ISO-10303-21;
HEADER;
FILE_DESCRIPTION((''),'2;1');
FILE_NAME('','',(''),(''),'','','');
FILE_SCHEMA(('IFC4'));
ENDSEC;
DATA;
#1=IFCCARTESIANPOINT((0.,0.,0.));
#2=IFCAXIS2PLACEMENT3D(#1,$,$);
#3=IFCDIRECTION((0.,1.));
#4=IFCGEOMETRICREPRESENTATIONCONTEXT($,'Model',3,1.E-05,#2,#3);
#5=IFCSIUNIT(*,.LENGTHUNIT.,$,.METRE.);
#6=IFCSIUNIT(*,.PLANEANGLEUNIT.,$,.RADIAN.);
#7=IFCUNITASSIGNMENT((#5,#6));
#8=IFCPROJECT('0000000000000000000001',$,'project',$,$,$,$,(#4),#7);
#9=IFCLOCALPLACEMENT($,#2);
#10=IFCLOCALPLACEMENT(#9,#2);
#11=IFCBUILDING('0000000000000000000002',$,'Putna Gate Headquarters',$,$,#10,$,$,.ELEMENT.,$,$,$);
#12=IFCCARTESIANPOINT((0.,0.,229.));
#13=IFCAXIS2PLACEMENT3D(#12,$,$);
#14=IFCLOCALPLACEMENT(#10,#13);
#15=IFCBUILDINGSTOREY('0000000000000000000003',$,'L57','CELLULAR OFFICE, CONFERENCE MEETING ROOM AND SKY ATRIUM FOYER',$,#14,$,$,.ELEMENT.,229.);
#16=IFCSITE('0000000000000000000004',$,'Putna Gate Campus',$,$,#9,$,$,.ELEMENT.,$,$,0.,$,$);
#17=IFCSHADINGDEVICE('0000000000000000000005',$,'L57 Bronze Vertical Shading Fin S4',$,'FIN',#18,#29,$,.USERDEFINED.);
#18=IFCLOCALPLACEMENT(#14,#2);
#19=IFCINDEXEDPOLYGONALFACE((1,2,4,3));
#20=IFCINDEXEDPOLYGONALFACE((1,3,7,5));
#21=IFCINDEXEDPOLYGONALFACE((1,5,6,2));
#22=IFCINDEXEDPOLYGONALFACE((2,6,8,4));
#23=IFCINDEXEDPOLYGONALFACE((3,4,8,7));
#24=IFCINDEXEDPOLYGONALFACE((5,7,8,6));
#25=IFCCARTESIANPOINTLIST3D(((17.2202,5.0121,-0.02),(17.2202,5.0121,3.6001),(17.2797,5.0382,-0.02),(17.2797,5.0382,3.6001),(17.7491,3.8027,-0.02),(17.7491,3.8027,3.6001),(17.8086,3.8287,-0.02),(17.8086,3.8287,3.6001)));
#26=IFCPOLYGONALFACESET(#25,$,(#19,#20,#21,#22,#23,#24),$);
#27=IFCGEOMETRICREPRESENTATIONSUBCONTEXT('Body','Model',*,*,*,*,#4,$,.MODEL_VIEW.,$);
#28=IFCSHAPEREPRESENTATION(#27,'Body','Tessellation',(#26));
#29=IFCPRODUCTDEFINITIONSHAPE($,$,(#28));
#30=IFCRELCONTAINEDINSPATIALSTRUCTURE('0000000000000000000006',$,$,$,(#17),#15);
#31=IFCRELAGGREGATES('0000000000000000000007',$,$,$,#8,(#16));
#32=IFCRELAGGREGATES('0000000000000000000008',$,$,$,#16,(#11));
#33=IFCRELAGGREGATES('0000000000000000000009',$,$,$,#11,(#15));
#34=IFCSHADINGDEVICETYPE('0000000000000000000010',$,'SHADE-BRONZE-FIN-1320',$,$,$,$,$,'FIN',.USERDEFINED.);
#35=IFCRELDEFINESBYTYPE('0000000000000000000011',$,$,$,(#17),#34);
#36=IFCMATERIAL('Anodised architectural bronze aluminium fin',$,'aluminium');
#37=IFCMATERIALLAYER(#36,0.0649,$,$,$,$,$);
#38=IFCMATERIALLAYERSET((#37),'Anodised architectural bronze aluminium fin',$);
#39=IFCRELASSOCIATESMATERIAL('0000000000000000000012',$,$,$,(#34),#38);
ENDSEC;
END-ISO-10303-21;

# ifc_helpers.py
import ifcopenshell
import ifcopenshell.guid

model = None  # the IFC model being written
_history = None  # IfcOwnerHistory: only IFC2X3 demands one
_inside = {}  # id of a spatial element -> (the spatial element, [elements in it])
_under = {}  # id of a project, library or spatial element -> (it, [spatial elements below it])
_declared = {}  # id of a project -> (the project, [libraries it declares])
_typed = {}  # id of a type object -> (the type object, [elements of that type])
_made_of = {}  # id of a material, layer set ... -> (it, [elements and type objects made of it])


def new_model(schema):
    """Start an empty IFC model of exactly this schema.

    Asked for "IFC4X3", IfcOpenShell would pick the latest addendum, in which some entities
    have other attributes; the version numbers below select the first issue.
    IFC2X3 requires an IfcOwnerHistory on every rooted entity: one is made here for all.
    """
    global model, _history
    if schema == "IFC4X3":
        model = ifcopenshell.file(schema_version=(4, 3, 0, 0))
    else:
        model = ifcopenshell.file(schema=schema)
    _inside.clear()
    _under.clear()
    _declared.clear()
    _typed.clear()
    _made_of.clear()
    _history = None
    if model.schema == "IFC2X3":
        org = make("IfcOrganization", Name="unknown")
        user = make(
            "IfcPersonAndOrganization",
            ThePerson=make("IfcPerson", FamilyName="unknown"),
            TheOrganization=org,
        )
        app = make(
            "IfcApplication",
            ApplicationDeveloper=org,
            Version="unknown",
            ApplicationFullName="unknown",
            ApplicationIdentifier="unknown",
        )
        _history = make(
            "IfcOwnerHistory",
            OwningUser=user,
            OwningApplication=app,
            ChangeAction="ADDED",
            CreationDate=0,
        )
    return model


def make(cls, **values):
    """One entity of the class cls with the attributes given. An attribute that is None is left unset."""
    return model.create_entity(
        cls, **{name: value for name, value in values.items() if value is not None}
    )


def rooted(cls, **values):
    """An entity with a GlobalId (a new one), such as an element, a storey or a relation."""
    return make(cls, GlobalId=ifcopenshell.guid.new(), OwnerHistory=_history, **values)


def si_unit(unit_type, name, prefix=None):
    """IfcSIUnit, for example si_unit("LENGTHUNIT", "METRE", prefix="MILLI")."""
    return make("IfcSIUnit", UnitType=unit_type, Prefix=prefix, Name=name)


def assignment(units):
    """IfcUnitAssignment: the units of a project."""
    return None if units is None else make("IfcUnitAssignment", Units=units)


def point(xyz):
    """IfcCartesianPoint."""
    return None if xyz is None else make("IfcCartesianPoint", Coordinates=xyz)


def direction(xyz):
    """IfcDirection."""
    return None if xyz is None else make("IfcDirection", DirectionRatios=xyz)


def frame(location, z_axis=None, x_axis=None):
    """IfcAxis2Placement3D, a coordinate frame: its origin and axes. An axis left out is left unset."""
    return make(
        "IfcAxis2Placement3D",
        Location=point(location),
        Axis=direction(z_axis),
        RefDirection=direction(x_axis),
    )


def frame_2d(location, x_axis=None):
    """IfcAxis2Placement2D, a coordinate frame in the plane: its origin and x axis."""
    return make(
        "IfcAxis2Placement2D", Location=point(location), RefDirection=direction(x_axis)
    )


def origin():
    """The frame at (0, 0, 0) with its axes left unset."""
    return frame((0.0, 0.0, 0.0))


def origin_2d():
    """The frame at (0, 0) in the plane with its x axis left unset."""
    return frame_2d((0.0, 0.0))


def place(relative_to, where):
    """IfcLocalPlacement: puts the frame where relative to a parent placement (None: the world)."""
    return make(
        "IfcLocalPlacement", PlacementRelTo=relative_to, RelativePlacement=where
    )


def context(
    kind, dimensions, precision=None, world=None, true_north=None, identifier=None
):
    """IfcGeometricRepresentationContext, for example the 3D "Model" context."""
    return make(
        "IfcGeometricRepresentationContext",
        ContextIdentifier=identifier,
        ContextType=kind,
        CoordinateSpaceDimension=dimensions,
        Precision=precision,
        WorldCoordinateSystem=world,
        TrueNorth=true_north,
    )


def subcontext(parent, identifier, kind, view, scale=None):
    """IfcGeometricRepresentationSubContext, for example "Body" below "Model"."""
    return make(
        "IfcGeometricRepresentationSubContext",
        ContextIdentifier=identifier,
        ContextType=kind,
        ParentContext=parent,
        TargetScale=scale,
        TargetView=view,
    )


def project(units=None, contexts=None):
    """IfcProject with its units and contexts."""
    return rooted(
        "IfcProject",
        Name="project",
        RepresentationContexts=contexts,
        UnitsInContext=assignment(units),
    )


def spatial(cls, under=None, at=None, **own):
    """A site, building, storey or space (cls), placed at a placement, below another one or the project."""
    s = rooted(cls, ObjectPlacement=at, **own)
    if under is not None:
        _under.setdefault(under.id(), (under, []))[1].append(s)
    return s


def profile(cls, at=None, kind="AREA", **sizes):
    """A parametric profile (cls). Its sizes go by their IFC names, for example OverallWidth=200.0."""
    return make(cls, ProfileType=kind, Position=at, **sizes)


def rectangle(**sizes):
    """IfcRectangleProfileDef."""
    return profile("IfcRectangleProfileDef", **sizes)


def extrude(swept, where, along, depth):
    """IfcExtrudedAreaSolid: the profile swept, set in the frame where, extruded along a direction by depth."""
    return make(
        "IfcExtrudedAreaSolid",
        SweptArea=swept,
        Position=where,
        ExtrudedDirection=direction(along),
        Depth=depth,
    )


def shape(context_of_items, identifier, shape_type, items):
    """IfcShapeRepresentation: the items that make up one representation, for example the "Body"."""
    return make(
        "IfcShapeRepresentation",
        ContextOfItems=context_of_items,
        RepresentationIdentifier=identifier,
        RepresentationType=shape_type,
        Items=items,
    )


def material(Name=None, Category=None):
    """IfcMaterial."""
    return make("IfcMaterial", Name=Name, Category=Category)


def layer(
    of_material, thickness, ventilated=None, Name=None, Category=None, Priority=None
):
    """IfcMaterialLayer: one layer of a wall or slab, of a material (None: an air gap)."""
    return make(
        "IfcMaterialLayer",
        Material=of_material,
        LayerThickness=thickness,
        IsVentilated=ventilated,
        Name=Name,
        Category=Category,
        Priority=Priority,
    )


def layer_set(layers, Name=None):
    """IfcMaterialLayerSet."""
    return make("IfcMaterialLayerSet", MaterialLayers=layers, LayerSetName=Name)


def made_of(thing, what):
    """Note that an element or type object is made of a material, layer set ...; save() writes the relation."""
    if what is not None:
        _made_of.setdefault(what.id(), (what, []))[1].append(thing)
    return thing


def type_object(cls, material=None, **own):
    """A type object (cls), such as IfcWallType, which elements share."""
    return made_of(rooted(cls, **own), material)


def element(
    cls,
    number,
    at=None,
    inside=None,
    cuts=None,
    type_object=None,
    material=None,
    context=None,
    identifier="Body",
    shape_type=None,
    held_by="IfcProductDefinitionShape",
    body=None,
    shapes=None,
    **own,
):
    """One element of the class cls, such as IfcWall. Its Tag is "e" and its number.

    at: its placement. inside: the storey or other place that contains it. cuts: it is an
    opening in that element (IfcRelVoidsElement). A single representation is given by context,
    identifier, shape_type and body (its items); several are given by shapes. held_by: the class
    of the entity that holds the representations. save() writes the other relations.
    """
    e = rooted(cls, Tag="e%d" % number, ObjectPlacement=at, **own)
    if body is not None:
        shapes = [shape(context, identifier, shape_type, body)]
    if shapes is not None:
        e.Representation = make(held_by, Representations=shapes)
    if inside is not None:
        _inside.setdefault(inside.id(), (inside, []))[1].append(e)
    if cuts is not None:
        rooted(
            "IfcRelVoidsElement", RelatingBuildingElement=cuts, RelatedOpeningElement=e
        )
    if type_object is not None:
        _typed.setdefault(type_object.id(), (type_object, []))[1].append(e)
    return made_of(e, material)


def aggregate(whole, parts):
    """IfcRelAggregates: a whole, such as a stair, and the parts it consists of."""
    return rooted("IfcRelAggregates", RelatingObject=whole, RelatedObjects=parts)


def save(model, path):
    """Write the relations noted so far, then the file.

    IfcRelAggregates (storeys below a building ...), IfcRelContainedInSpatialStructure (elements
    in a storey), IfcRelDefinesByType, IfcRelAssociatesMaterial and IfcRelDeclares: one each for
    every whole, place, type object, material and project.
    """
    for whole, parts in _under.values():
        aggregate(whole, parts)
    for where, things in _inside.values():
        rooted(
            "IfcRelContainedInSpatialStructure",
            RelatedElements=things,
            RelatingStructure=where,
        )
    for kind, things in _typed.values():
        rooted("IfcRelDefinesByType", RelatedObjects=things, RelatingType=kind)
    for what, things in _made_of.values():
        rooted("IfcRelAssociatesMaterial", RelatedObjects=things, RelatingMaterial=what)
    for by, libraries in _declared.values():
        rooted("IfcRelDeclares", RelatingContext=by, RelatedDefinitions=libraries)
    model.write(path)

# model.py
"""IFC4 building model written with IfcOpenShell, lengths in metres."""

from ifc_helpers import new_model, si_unit, direction, frame, origin, origin_2d, place, context, subcontext, project, spatial, rectangle, extrude, material, layer, layer_set, type_object, element, save


model = new_model("IFC4")

# Units and contexts
model_context = context("Model", 3, precision=1e-05, world=origin(), true_north=direction((0.0, 1.0)))
body_context = subcontext(model_context, "Body", "Model", "MODEL_VIEW")
ifc_project = project(units=[si_unit("LENGTHUNIT", "METRE"), si_unit("PLANEANGLEUNIT", "RADIAN")], contexts=[model_context])

# Site, building, storey
site_placement = place(None, origin())
site = spatial("IfcSite", under=ifc_project, at=site_placement, Name="Putna Gate Campus", CompositionType="ELEMENT", RefElevation=0.0)
building_placement = place(site_placement, origin())
building = spatial("IfcBuilding", under=site, at=building_placement, Name="Putna Gate Headquarters", CompositionType="ELEMENT")
storey_placement = place(building_placement, frame((0.0, 0.0, 229.0)))
storey = spatial("IfcBuildingStorey", under=building, at=storey_placement, Name="L57", Description="CELLULAR OFFICE, CONFERENCE MEETING ROOM AND SKY ATRIUM FOYER", CompositionType="ELEMENT", Elevation=229.0)

# Shading device
ifc_material_1 = material(Name="Anodised architectural bronze aluminium fin", Category="aluminium")
ifc_layer_1 = layer(ifc_material_1, 0.0649)
ifc_layer_set_1 = layer_set([ifc_layer_1], Name="Anodised architectural bronze aluminium fin")
shading_device_type = type_object("IfcShadingDeviceType", Name="SHADE-BRONZE-FIN-1320", ElementType="FIN", PredefinedType="USERDEFINED", material=ifc_layer_set_1)
for number, where, z_axis, x_axis, name in (
    (1, (17.5144, 4.4204, -0.02), (0.0, 0.0, 1.0), (0.400669, -0.916223, 0.0), "L57 Bronze Vertical Shading Fin S4"),
):
    element("IfcShadingDevice", number, at=place(storey_placement, frame(where, z_axis=z_axis, x_axis=x_axis)), inside=storey, type_object=shading_device_type, Name=name, ObjectType="FIN", PredefinedType="USERDEFINED", context=body_context, shape_type="SweptSolid", body=[
        extrude(rectangle(XDim=1.3201, YDim=0.0649, at=origin_2d()), origin(), (0.0, 0.0, 1.0), 3.6201),
    ])

save(model, "model.ifc")
